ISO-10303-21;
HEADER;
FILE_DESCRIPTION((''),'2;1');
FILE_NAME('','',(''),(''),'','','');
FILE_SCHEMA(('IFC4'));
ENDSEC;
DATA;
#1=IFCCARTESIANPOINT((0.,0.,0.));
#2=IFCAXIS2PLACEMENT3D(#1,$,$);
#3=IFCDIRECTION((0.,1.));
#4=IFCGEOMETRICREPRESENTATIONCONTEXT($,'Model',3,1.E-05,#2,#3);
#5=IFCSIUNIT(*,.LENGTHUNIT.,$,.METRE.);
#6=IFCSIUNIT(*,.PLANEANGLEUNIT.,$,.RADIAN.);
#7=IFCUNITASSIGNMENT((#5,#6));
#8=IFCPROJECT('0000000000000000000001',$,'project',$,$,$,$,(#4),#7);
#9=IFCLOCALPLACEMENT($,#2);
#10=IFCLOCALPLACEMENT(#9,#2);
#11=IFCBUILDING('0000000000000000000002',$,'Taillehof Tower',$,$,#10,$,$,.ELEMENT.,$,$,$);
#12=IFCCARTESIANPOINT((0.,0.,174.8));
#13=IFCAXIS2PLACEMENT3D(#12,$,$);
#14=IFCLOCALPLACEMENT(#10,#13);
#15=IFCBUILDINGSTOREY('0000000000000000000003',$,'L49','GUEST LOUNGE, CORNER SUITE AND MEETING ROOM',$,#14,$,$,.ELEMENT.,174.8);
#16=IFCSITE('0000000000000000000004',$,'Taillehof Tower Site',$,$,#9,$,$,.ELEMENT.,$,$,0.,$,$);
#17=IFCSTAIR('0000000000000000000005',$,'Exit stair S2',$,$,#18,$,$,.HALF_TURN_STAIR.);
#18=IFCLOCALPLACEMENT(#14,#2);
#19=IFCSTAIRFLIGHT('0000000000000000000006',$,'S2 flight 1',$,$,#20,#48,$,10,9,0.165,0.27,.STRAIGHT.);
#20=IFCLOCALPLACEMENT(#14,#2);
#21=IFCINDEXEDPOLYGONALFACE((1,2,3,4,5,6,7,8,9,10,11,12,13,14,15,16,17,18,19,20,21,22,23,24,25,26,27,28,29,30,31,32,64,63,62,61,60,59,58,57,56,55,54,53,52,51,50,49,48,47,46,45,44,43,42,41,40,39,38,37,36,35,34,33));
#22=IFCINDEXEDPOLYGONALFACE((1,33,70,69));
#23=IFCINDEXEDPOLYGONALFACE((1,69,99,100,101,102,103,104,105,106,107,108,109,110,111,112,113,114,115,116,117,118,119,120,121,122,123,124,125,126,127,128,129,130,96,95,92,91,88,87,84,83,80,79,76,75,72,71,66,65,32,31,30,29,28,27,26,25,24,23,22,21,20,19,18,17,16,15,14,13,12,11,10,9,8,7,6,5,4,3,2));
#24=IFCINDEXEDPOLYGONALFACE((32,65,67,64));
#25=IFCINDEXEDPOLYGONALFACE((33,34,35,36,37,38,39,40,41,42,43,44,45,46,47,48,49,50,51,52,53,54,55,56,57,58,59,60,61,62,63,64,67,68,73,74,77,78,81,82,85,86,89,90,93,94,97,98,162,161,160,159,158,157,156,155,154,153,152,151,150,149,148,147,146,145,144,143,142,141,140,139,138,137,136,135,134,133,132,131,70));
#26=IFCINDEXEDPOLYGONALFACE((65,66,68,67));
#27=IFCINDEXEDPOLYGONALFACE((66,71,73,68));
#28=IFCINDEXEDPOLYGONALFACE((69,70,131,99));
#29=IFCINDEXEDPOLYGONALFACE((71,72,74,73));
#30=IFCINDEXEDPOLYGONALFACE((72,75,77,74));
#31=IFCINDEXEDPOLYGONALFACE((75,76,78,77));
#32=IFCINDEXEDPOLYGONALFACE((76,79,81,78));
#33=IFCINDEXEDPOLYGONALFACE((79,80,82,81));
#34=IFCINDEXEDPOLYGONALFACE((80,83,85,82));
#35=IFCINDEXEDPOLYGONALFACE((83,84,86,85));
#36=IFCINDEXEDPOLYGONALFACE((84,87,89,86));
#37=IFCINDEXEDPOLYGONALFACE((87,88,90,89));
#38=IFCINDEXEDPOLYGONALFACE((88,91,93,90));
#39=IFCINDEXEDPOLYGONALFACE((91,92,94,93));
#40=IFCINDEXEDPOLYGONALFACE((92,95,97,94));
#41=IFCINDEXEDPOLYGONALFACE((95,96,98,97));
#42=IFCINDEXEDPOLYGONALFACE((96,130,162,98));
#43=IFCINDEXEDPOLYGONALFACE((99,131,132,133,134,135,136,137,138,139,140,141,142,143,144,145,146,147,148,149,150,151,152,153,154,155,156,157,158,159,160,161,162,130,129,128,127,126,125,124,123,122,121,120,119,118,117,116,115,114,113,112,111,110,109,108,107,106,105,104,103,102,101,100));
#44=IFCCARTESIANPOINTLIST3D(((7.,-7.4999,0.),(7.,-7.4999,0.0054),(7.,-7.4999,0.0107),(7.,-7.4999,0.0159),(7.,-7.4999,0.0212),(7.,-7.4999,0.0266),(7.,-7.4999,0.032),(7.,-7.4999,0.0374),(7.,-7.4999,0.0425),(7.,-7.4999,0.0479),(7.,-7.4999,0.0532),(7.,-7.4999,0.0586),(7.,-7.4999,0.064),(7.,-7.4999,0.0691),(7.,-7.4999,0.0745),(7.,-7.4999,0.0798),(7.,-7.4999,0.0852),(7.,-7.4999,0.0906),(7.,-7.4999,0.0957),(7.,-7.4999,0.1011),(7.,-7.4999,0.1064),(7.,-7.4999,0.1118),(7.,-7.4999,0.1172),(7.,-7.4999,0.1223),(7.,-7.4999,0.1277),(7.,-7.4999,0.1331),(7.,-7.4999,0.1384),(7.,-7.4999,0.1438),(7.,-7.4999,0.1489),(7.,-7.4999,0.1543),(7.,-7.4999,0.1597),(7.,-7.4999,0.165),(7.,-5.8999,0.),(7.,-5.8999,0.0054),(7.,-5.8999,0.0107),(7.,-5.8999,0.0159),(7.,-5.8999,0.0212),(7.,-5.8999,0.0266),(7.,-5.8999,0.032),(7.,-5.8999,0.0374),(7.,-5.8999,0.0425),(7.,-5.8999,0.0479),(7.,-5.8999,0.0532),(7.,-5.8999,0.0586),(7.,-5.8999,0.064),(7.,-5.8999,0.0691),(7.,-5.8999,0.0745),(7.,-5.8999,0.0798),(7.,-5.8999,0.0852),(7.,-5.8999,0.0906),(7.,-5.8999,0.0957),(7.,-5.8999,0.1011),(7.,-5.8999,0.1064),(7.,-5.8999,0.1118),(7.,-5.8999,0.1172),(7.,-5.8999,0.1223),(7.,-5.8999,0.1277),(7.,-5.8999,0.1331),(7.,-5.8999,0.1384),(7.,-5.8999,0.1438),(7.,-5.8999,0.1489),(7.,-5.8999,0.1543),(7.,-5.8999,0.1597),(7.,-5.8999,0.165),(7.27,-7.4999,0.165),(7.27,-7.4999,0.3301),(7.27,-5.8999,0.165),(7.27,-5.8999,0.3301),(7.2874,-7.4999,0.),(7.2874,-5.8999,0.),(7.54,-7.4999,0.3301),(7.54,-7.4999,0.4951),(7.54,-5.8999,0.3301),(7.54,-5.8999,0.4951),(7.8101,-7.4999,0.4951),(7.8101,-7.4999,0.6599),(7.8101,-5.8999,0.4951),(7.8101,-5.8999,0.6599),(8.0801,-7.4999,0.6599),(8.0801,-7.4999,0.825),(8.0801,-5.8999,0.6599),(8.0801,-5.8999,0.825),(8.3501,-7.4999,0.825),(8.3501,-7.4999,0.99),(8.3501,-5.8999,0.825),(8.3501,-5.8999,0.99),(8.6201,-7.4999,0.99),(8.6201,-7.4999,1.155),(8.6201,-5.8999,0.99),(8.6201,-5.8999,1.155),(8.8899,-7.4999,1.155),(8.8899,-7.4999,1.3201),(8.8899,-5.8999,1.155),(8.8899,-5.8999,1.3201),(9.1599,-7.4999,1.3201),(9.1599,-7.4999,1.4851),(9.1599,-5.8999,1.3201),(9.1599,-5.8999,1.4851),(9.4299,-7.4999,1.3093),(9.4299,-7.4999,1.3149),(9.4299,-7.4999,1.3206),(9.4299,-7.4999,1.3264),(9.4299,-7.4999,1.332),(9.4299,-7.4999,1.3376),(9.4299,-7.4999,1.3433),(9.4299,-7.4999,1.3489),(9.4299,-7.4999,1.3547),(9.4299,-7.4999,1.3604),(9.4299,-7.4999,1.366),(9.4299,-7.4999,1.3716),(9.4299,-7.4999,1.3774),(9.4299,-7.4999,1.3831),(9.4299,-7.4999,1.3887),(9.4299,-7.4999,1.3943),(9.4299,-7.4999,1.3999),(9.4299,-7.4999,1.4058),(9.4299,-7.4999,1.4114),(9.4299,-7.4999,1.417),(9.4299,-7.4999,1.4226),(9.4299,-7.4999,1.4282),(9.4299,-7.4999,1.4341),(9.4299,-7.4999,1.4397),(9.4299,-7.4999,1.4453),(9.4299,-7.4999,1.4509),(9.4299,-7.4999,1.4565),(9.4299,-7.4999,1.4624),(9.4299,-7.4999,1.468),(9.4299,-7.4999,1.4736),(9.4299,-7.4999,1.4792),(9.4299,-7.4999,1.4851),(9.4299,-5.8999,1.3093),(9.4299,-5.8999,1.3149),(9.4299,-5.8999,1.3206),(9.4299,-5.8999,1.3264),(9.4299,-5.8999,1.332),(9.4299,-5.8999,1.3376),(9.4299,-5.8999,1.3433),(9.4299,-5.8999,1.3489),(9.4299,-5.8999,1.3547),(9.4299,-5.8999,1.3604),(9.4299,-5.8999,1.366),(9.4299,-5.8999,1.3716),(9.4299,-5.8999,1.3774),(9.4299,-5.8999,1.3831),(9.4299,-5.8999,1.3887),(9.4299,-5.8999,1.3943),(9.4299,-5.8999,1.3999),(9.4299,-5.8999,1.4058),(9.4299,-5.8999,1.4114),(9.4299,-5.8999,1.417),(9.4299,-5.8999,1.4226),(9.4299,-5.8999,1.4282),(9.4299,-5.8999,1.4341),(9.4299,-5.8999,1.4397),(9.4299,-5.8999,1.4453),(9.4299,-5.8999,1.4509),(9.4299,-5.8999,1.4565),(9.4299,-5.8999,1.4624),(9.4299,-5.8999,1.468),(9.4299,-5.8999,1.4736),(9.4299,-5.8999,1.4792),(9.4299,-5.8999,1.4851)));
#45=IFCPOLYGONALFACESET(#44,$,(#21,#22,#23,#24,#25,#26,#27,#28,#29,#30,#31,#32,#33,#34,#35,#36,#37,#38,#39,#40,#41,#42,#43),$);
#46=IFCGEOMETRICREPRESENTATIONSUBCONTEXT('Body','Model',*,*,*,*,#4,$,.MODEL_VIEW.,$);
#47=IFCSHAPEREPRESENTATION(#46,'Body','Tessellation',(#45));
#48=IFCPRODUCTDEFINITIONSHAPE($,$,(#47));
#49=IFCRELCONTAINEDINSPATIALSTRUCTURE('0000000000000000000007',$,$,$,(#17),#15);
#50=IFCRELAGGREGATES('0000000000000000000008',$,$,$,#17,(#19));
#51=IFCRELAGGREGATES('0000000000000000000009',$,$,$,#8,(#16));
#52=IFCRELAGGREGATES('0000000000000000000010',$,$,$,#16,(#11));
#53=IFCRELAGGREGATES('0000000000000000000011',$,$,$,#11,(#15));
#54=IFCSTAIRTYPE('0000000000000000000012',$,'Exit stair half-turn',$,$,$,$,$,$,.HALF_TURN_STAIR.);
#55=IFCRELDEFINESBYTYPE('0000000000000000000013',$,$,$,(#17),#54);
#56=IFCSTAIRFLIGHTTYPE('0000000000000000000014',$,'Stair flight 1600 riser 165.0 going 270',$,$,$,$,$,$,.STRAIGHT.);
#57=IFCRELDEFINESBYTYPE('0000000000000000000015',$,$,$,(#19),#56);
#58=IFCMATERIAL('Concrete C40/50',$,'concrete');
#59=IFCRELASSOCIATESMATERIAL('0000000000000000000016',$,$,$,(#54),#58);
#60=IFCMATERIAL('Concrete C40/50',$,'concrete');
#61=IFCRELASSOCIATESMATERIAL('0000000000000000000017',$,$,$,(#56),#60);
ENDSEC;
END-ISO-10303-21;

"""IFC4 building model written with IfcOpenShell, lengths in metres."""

from ifc_helpers import new_model, si_unit, direction, frame, origin, place, context, subcontext, project, spatial, polyline, outline, extrude, material, type_object, element, aggregate, save


model = new_model("IFC4")

# Units and contexts
model_context = context("Model", 3, precision=1e-05, world=origin(), true_north=direction((0.0, 1.0)))
body_context = subcontext(model_context, "Body", "Model", "MODEL_VIEW")
ifc_project = project(units=[si_unit("LENGTHUNIT", "METRE"), si_unit("PLANEANGLEUNIT", "RADIAN")], contexts=[model_context])

# Site, building, storey
site_placement = place(None, origin())
site = spatial("IfcSite", under=ifc_project, at=site_placement, Name="Taillehof Tower Site", CompositionType="ELEMENT", RefElevation=0.0)
building_placement = place(site_placement, origin())
building = spatial("IfcBuilding", under=site, at=building_placement, Name="Taillehof Tower", CompositionType="ELEMENT")
storey_placement = place(building_placement, frame((0.0, 0.0, 174.8)))
storey = spatial("IfcBuildingStorey", under=building, at=storey_placement, Name="L49", Description="GUEST LOUNGE, CORNER SUITE AND MEETING ROOM", CompositionType="ELEMENT", Elevation=174.8)

# Stair
ifc_material_1 = material(Name="Concrete C40/50", Category="concrete")
stair_type = type_object("IfcStairType", Name="Exit stair half-turn", PredefinedType="HALF_TURN_STAIR", material=ifc_material_1)
stair_1_placement = place(storey_placement, origin())
stair_1 = element("IfcStair", 1, at=stair_1_placement, inside=storey, type_object=stair_type, Name="Exit stair S2", PredefinedType="HALF_TURN_STAIR")

# Stair flight
ifc_material_2 = material(Name="Concrete C40/50", Category="concrete")
stair_flight_type = type_object("IfcStairFlightType", Name="Stair flight 1600 riser 165.0 going 270", PredefinedType="STRAIGHT", material=ifc_material_2)
stair_flight_placement = place(storey_placement, frame((7.0, -6.7, 0.0), z_axis=(0.0, 0.0, 1.0), x_axis=(1.0, 0.0, 0.0)))
stair_flight = element("IfcStairFlight", 2, at=stair_flight_placement, type_object=stair_flight_type, Name="S2 flight 1", NumberOfRisers=10, NumberOfTreads=9, PredefinedType="STRAIGHT", RiserHeight=0.165, TreadLength=0.27, context=body_context, shape_type="SweptSolid", body=[
    extrude(outline(polyline([(0.0, 0.0), (0.0, 0.0054), (0.0, 0.0107), (0.0, 0.0159), (0.0, 0.0212), (0.0, 0.0266), (0.0, 0.032), (0.0, 0.0374), (0.0, 0.0425), (0.0, 0.0479), (0.0, 0.0532), (0.0, 0.0586), (0.0, 0.064), (0.0, 0.0691), (0.0, 0.0745), (0.0, 0.0798), (0.0, 0.0852), (0.0, 0.0906), (0.0, 0.0957), (0.0, 0.1011), (0.0, 0.1064), (0.0, 0.1118), (0.0, 0.1172), (0.0, 0.1223), (0.0, 0.1277), (0.0, 0.1331), (0.0, 0.1384), (0.0, 0.1438), (0.0, 0.1489), (0.0, 0.1543), (0.0, 0.1597), (0.0, 0.165), (0.27, 0.165), (0.27, 0.3301), (0.54, 0.3301), (0.54, 0.4951), (0.8101, 0.4951), (0.8101, 0.6599), (1.0801, 0.6599), (1.0801, 0.825), (1.3501, 0.825), (1.3501, 0.99), (1.6201, 0.99), (1.6201, 1.155), (1.8899, 1.155), (1.8899, 1.3201), (2.1599, 1.3201), (2.1599, 1.4851), (2.4299, 1.4851), (2.4299, 1.4792), (2.4299, 1.4736), (2.4299, 1.468), (2.4299, 1.4624), (2.4299, 1.4565), (2.4299, 1.4509), (2.4299, 1.4453), (2.4299, 1.4397), (2.4299, 1.4341), (2.4299, 1.4282), (2.4299, 1.4226), (2.4299, 1.417), (2.4299, 1.4114), (2.4299, 1.4058), (2.4299, 1.3999), (2.4299, 1.3943), (2.4299, 1.3887), (2.4299, 1.3831), (2.4299, 1.3774), (2.4299, 1.3716), (2.4299, 1.366), (2.4299, 1.3604), (2.4299, 1.3547), (2.4299, 1.3489), (2.4299, 1.3433), (2.4299, 1.3376), (2.4299, 1.332), (2.4299, 1.3264), (2.4299, 1.3206), (2.4299, 1.3149), (2.4299, 1.3093), (0.2874, 0.0), (0.0, 0.0)])), frame((0.0, 0.8, 0.0), z_axis=(0.0, -1.0, 0.0), x_axis=(1.0, 0.0, 0.0)), (0.0, 0.0, 1.0), 1.6),
])
aggregate(stair_1, [stair_flight])

save(model, "model.ifc")
